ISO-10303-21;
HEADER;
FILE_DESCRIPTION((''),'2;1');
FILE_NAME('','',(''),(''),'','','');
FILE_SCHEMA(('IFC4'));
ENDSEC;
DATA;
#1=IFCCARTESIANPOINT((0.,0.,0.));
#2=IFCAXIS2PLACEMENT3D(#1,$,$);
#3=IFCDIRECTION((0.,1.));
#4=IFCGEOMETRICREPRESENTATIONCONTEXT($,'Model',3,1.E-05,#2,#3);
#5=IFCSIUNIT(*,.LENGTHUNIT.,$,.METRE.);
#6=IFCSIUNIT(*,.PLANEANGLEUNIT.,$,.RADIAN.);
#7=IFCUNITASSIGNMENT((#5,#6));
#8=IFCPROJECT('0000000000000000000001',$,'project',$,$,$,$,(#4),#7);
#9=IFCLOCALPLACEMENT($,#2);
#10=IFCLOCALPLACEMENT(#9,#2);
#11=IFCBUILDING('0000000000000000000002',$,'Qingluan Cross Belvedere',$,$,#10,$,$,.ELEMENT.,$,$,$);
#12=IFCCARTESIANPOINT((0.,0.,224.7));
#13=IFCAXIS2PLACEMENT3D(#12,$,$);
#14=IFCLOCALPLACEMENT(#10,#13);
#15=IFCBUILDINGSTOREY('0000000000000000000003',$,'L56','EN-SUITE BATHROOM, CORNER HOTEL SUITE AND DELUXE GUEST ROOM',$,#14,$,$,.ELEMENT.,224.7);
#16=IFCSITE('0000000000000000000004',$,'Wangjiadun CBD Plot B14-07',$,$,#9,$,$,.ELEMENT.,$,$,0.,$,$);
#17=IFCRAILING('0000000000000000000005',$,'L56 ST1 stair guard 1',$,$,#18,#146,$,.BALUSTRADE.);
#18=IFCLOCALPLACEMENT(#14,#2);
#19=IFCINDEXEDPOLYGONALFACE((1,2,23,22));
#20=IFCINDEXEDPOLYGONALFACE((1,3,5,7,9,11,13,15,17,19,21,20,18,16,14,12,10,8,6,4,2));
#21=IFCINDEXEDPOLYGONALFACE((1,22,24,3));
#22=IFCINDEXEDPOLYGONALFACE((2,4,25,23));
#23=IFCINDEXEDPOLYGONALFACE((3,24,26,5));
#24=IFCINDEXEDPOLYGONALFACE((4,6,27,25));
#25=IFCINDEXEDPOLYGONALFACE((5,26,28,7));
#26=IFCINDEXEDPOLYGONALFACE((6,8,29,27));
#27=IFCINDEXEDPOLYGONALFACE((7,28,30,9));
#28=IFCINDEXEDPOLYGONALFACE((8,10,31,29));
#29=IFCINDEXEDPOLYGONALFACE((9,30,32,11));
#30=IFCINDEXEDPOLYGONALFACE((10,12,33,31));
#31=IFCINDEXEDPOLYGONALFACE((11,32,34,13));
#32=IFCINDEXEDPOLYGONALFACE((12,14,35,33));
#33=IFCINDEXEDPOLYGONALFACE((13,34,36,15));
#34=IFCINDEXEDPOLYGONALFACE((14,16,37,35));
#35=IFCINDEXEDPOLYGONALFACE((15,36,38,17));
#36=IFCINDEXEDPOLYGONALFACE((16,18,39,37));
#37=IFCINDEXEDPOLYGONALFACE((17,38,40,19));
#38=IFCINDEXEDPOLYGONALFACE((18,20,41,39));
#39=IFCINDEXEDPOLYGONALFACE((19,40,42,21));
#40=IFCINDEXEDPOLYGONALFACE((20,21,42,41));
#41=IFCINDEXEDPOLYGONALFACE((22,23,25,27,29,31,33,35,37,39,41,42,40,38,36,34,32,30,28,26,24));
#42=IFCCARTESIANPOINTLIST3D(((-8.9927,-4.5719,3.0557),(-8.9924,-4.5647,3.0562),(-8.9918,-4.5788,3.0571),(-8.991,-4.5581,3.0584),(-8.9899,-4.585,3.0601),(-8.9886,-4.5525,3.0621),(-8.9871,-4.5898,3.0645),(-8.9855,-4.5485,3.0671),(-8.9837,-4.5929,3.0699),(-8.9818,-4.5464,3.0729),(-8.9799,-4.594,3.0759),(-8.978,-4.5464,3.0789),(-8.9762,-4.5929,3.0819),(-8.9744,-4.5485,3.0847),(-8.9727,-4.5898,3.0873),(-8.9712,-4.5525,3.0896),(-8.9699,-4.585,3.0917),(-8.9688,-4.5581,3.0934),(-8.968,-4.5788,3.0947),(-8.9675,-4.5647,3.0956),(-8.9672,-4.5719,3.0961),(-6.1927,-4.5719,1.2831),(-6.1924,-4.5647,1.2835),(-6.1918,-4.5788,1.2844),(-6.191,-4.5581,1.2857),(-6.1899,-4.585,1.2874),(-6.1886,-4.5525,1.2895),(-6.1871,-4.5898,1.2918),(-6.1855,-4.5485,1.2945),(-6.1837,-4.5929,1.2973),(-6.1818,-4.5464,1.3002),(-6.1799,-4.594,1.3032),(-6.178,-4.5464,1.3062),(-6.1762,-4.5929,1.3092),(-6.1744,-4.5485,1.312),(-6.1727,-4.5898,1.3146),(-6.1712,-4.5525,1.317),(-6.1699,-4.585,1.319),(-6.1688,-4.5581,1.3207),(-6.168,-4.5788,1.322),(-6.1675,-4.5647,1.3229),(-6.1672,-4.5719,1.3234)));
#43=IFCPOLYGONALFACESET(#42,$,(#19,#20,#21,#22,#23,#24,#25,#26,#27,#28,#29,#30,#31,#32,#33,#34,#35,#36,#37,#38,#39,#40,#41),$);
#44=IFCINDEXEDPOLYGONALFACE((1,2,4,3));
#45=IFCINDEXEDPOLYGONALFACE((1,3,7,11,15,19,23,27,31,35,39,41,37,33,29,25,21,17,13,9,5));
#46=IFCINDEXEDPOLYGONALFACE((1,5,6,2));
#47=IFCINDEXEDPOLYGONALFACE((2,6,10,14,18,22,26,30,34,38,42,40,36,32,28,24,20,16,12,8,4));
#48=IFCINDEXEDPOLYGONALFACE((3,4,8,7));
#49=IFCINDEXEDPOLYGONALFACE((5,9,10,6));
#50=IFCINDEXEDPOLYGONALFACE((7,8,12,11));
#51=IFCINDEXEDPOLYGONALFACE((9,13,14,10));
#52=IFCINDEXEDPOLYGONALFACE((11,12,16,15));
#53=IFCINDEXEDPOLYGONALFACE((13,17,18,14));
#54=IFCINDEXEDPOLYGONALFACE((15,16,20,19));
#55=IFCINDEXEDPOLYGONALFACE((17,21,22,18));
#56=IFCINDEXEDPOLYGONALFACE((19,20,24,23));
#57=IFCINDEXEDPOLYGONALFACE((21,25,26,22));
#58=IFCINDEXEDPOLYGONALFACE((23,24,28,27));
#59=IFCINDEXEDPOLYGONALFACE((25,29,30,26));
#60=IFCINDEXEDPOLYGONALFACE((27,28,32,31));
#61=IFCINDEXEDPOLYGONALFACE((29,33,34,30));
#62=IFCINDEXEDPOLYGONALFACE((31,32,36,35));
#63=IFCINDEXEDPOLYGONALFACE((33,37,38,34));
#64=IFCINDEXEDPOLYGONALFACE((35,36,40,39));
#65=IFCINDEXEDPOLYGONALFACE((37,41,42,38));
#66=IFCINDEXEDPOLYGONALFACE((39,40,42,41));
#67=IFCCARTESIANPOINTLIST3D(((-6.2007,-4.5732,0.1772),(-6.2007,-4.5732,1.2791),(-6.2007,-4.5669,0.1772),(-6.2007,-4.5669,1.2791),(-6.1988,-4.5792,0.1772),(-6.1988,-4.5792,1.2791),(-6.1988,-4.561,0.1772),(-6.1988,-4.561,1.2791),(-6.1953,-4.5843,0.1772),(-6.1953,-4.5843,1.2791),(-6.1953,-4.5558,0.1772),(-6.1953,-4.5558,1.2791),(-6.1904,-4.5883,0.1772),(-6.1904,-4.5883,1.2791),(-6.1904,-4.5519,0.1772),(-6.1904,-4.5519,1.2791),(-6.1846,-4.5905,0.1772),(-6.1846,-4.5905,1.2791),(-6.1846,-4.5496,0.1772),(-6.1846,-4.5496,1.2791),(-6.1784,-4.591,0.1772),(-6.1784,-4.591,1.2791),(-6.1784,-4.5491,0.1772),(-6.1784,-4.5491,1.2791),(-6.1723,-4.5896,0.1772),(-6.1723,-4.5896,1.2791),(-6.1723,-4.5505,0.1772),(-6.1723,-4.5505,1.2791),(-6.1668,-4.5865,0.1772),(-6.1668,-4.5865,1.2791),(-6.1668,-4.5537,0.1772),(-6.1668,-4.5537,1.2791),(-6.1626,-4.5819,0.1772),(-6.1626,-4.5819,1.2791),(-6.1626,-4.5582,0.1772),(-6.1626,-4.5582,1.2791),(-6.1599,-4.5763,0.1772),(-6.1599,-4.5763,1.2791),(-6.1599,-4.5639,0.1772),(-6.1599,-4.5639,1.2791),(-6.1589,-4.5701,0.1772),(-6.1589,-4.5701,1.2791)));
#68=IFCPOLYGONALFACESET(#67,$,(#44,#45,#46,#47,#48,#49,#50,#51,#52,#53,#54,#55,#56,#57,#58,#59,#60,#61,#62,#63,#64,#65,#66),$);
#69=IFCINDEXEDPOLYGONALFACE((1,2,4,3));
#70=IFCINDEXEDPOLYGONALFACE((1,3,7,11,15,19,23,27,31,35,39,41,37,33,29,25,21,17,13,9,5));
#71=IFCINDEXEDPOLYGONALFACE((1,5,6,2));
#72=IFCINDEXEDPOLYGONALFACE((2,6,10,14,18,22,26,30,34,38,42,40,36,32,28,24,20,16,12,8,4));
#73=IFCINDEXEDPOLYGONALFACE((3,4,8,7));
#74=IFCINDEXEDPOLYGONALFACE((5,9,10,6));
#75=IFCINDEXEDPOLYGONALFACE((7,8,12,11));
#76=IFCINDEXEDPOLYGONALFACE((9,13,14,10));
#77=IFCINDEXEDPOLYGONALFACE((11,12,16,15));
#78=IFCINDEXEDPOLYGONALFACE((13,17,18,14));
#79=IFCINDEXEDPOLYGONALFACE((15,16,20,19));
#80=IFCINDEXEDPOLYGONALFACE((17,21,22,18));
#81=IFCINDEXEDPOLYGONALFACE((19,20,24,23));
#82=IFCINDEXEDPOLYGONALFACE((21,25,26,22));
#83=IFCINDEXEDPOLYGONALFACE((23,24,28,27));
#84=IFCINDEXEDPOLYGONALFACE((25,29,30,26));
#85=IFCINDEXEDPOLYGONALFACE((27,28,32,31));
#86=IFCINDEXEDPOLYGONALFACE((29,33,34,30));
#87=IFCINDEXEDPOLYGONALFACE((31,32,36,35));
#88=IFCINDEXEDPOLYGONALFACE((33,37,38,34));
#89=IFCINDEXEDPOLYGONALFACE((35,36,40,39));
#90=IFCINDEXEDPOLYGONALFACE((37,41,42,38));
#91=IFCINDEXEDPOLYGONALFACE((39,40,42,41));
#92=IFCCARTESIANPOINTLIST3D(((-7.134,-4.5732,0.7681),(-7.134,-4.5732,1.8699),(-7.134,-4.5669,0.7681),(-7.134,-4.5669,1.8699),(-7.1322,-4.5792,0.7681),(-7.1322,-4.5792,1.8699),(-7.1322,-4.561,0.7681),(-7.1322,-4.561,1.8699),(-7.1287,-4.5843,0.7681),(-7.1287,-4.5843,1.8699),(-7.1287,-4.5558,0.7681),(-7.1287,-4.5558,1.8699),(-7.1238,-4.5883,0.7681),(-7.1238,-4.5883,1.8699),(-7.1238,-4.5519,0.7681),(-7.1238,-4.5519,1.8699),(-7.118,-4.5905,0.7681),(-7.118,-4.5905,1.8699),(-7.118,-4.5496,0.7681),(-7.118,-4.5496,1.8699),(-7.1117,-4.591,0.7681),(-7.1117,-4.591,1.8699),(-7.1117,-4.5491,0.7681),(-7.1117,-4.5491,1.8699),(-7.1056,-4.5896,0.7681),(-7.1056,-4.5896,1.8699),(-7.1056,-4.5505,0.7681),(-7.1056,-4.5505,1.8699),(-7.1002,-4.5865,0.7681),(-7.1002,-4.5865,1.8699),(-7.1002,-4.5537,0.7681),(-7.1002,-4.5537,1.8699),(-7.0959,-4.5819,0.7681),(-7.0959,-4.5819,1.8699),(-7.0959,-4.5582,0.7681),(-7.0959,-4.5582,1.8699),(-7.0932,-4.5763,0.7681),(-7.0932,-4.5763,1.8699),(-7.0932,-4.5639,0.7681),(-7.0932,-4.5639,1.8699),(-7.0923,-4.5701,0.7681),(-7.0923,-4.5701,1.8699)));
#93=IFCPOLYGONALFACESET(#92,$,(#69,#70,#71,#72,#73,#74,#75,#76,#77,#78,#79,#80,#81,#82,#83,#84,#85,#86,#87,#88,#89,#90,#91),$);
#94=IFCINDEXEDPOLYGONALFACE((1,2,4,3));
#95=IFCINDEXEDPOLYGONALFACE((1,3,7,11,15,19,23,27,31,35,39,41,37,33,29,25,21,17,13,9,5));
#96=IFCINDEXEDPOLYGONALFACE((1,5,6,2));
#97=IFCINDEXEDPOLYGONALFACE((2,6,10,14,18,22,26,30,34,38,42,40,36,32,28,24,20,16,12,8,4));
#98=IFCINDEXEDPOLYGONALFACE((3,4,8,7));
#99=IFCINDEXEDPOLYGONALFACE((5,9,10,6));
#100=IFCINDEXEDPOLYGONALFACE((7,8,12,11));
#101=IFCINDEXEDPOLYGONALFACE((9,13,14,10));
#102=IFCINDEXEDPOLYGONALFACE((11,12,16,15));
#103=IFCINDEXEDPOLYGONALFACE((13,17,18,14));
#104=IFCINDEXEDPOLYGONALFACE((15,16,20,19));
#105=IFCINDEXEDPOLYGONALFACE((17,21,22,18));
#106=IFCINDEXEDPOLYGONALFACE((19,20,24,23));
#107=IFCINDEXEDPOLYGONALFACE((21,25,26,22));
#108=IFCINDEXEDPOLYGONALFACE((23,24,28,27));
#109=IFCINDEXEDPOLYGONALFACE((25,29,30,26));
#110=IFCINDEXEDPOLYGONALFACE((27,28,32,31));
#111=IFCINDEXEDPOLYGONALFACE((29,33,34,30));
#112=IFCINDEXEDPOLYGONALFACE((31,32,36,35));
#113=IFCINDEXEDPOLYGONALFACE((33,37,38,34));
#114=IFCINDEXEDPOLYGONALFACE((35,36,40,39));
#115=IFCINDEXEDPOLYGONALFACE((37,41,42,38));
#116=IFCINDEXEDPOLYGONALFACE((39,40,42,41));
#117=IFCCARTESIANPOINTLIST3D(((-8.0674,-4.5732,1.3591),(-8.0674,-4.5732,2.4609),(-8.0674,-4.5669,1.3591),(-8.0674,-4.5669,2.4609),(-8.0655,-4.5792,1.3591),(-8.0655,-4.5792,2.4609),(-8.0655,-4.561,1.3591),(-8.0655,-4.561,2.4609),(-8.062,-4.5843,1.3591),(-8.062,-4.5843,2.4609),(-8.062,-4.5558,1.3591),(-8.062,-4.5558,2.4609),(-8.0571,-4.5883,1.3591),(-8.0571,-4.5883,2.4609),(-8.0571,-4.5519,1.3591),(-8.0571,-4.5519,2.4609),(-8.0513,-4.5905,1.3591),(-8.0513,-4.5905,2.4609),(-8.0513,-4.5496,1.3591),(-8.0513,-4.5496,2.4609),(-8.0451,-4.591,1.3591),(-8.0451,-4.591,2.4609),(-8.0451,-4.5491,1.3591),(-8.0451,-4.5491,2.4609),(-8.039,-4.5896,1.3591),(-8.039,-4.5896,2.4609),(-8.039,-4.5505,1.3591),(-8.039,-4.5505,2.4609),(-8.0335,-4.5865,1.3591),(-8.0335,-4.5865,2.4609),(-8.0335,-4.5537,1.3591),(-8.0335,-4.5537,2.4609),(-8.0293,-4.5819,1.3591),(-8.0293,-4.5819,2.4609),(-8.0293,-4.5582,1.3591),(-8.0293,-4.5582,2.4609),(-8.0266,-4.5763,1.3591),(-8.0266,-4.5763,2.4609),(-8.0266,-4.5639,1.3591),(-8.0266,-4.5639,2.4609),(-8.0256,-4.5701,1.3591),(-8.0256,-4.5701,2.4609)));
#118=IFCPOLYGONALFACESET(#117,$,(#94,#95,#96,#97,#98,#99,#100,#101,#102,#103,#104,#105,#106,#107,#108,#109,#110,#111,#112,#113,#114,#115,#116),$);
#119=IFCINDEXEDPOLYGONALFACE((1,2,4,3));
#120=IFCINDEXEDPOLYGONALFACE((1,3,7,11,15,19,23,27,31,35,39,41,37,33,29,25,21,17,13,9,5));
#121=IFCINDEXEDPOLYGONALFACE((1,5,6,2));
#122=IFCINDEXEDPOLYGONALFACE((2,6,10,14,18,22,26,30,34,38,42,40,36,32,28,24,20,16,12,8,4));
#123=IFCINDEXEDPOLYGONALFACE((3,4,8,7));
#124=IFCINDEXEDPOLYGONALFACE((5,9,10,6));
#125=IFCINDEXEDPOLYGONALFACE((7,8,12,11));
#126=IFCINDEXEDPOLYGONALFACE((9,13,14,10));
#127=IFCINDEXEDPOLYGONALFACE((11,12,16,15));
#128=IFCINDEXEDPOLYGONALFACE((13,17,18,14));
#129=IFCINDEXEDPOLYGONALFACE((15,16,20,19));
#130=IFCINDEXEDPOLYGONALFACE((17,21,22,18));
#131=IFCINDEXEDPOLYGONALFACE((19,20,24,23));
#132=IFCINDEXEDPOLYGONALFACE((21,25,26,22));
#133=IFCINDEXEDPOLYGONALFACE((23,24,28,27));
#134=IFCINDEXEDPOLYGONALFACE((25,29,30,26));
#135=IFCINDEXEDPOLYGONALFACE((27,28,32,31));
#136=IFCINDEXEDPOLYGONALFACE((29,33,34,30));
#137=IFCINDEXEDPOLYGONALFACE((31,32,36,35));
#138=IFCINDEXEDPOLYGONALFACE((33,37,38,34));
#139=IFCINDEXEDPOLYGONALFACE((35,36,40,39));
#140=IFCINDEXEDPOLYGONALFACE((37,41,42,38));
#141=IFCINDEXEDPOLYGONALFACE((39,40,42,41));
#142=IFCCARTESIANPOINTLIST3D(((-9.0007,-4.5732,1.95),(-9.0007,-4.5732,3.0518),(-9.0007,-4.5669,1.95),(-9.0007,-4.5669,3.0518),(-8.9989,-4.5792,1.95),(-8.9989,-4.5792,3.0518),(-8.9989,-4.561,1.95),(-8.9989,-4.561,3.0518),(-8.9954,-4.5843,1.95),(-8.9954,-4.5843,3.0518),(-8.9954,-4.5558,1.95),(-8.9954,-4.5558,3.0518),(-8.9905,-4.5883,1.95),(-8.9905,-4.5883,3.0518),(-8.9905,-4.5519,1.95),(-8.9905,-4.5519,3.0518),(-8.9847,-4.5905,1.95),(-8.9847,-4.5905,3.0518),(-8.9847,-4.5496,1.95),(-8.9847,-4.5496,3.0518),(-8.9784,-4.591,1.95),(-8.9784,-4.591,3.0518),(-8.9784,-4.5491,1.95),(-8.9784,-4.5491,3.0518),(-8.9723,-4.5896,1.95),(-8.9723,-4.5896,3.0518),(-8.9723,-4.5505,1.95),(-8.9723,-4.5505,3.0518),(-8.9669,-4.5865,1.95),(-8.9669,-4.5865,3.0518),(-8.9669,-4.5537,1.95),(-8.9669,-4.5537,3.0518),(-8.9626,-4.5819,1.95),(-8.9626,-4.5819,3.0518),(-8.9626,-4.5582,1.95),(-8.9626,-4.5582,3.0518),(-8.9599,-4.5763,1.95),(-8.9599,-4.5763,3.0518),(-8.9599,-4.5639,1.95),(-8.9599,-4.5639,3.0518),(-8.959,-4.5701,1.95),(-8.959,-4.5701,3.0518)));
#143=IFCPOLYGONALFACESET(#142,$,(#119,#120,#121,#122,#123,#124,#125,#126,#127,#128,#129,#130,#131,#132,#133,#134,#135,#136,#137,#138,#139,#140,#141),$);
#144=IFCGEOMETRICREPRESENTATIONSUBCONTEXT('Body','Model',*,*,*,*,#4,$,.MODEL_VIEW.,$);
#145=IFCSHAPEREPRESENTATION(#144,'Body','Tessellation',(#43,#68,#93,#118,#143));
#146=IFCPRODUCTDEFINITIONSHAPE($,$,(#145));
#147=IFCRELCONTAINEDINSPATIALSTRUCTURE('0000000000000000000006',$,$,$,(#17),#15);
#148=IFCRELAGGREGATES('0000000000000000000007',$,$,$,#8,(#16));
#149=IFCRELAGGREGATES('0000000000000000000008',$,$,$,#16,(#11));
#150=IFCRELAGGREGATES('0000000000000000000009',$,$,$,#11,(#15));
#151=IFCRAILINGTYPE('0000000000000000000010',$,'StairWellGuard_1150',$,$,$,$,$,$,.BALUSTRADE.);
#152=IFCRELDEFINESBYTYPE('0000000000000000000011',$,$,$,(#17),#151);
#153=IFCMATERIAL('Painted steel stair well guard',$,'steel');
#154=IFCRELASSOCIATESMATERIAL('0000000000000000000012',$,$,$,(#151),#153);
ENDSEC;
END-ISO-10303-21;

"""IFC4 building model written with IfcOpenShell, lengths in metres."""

from ifc_helpers import new_model, si_unit, direction, frame, origin, origin_2d, place, context, subcontext, project, spatial, circle, extrude, material, type_object, element, save


model = new_model("IFC4")

# Units and contexts
model_context = context("Model", 3, precision=1e-05, world=origin(), true_north=direction((0.0, 1.0)))
body_context = subcontext(model_context, "Body", "Model", "MODEL_VIEW")
ifc_project = project(units=[si_unit("LENGTHUNIT", "METRE"), si_unit("PLANEANGLEUNIT", "RADIAN")], contexts=[model_context])

# Site, building, storey
site_placement = place(None, origin())
site = spatial("IfcSite", under=ifc_project, at=site_placement, Name="Wangjiadun CBD Plot B14-07", CompositionType="ELEMENT", RefElevation=0.0)
building_placement = place(site_placement, origin())
building = spatial("IfcBuilding", under=site, at=building_placement, Name="Qingluan Cross Belvedere", CompositionType="ELEMENT")
storey_placement = place(building_placement, frame((0.0, 0.0, 224.7)))
storey = spatial("IfcBuildingStorey", under=building, at=storey_placement, Name="L56", Description="EN-SUITE BATHROOM, CORNER HOTEL SUITE AND DELUXE GUEST ROOM", CompositionType="ELEMENT", Elevation=224.7)

# Railing
ifc_material_1 = material(Name="Painted steel stair well guard", Category="steel")
railing_type_1 = type_object("IfcRailingType", Name="StairWellGuard_1150", PredefinedType="BALUSTRADE", material=ifc_material_1)
railing_1_placement = place(storey_placement, frame((-6.1799, -4.5701, 0.1772)))
element("IfcRailing", 1, at=railing_1_placement, inside=storey, type_object=railing_type_1, Name="L56 ST1 stair guard 1", PredefinedType="BALUSTRADE", context=body_context, shape_type="SweptSolid", body=[
    extrude(circle(Radius=0.0239, at=origin_2d()), frame((0.0, 0.0, 1.126), z_axis=(-0.844909, 0.0, 0.53491), x_axis=(0.0, -1.0, 0.0)), (0.0, 0.0, 1.0), 3.314),
    extrude(circle(Radius=0.021, at=origin_2d()), origin(), (0.0, 0.0, 1.0), 1.1018),
    extrude(circle(Radius=0.021, at=origin_2d()), frame((-0.9333, 0.0, 0.5908)), (0.0, 0.0, 1.0), 1.1018),
    extrude(circle(Radius=0.021, at=origin_2d()), frame((-1.8667, 0.0, 1.1819)), (0.0, 0.0, 1.0), 1.1018),
    extrude(circle(Radius=0.021, at=origin_2d()), frame((-2.8, 0.0, 1.7727)), (0.0, 0.0, 1.0), 1.1018),
])

save(model, "model.ifc")
